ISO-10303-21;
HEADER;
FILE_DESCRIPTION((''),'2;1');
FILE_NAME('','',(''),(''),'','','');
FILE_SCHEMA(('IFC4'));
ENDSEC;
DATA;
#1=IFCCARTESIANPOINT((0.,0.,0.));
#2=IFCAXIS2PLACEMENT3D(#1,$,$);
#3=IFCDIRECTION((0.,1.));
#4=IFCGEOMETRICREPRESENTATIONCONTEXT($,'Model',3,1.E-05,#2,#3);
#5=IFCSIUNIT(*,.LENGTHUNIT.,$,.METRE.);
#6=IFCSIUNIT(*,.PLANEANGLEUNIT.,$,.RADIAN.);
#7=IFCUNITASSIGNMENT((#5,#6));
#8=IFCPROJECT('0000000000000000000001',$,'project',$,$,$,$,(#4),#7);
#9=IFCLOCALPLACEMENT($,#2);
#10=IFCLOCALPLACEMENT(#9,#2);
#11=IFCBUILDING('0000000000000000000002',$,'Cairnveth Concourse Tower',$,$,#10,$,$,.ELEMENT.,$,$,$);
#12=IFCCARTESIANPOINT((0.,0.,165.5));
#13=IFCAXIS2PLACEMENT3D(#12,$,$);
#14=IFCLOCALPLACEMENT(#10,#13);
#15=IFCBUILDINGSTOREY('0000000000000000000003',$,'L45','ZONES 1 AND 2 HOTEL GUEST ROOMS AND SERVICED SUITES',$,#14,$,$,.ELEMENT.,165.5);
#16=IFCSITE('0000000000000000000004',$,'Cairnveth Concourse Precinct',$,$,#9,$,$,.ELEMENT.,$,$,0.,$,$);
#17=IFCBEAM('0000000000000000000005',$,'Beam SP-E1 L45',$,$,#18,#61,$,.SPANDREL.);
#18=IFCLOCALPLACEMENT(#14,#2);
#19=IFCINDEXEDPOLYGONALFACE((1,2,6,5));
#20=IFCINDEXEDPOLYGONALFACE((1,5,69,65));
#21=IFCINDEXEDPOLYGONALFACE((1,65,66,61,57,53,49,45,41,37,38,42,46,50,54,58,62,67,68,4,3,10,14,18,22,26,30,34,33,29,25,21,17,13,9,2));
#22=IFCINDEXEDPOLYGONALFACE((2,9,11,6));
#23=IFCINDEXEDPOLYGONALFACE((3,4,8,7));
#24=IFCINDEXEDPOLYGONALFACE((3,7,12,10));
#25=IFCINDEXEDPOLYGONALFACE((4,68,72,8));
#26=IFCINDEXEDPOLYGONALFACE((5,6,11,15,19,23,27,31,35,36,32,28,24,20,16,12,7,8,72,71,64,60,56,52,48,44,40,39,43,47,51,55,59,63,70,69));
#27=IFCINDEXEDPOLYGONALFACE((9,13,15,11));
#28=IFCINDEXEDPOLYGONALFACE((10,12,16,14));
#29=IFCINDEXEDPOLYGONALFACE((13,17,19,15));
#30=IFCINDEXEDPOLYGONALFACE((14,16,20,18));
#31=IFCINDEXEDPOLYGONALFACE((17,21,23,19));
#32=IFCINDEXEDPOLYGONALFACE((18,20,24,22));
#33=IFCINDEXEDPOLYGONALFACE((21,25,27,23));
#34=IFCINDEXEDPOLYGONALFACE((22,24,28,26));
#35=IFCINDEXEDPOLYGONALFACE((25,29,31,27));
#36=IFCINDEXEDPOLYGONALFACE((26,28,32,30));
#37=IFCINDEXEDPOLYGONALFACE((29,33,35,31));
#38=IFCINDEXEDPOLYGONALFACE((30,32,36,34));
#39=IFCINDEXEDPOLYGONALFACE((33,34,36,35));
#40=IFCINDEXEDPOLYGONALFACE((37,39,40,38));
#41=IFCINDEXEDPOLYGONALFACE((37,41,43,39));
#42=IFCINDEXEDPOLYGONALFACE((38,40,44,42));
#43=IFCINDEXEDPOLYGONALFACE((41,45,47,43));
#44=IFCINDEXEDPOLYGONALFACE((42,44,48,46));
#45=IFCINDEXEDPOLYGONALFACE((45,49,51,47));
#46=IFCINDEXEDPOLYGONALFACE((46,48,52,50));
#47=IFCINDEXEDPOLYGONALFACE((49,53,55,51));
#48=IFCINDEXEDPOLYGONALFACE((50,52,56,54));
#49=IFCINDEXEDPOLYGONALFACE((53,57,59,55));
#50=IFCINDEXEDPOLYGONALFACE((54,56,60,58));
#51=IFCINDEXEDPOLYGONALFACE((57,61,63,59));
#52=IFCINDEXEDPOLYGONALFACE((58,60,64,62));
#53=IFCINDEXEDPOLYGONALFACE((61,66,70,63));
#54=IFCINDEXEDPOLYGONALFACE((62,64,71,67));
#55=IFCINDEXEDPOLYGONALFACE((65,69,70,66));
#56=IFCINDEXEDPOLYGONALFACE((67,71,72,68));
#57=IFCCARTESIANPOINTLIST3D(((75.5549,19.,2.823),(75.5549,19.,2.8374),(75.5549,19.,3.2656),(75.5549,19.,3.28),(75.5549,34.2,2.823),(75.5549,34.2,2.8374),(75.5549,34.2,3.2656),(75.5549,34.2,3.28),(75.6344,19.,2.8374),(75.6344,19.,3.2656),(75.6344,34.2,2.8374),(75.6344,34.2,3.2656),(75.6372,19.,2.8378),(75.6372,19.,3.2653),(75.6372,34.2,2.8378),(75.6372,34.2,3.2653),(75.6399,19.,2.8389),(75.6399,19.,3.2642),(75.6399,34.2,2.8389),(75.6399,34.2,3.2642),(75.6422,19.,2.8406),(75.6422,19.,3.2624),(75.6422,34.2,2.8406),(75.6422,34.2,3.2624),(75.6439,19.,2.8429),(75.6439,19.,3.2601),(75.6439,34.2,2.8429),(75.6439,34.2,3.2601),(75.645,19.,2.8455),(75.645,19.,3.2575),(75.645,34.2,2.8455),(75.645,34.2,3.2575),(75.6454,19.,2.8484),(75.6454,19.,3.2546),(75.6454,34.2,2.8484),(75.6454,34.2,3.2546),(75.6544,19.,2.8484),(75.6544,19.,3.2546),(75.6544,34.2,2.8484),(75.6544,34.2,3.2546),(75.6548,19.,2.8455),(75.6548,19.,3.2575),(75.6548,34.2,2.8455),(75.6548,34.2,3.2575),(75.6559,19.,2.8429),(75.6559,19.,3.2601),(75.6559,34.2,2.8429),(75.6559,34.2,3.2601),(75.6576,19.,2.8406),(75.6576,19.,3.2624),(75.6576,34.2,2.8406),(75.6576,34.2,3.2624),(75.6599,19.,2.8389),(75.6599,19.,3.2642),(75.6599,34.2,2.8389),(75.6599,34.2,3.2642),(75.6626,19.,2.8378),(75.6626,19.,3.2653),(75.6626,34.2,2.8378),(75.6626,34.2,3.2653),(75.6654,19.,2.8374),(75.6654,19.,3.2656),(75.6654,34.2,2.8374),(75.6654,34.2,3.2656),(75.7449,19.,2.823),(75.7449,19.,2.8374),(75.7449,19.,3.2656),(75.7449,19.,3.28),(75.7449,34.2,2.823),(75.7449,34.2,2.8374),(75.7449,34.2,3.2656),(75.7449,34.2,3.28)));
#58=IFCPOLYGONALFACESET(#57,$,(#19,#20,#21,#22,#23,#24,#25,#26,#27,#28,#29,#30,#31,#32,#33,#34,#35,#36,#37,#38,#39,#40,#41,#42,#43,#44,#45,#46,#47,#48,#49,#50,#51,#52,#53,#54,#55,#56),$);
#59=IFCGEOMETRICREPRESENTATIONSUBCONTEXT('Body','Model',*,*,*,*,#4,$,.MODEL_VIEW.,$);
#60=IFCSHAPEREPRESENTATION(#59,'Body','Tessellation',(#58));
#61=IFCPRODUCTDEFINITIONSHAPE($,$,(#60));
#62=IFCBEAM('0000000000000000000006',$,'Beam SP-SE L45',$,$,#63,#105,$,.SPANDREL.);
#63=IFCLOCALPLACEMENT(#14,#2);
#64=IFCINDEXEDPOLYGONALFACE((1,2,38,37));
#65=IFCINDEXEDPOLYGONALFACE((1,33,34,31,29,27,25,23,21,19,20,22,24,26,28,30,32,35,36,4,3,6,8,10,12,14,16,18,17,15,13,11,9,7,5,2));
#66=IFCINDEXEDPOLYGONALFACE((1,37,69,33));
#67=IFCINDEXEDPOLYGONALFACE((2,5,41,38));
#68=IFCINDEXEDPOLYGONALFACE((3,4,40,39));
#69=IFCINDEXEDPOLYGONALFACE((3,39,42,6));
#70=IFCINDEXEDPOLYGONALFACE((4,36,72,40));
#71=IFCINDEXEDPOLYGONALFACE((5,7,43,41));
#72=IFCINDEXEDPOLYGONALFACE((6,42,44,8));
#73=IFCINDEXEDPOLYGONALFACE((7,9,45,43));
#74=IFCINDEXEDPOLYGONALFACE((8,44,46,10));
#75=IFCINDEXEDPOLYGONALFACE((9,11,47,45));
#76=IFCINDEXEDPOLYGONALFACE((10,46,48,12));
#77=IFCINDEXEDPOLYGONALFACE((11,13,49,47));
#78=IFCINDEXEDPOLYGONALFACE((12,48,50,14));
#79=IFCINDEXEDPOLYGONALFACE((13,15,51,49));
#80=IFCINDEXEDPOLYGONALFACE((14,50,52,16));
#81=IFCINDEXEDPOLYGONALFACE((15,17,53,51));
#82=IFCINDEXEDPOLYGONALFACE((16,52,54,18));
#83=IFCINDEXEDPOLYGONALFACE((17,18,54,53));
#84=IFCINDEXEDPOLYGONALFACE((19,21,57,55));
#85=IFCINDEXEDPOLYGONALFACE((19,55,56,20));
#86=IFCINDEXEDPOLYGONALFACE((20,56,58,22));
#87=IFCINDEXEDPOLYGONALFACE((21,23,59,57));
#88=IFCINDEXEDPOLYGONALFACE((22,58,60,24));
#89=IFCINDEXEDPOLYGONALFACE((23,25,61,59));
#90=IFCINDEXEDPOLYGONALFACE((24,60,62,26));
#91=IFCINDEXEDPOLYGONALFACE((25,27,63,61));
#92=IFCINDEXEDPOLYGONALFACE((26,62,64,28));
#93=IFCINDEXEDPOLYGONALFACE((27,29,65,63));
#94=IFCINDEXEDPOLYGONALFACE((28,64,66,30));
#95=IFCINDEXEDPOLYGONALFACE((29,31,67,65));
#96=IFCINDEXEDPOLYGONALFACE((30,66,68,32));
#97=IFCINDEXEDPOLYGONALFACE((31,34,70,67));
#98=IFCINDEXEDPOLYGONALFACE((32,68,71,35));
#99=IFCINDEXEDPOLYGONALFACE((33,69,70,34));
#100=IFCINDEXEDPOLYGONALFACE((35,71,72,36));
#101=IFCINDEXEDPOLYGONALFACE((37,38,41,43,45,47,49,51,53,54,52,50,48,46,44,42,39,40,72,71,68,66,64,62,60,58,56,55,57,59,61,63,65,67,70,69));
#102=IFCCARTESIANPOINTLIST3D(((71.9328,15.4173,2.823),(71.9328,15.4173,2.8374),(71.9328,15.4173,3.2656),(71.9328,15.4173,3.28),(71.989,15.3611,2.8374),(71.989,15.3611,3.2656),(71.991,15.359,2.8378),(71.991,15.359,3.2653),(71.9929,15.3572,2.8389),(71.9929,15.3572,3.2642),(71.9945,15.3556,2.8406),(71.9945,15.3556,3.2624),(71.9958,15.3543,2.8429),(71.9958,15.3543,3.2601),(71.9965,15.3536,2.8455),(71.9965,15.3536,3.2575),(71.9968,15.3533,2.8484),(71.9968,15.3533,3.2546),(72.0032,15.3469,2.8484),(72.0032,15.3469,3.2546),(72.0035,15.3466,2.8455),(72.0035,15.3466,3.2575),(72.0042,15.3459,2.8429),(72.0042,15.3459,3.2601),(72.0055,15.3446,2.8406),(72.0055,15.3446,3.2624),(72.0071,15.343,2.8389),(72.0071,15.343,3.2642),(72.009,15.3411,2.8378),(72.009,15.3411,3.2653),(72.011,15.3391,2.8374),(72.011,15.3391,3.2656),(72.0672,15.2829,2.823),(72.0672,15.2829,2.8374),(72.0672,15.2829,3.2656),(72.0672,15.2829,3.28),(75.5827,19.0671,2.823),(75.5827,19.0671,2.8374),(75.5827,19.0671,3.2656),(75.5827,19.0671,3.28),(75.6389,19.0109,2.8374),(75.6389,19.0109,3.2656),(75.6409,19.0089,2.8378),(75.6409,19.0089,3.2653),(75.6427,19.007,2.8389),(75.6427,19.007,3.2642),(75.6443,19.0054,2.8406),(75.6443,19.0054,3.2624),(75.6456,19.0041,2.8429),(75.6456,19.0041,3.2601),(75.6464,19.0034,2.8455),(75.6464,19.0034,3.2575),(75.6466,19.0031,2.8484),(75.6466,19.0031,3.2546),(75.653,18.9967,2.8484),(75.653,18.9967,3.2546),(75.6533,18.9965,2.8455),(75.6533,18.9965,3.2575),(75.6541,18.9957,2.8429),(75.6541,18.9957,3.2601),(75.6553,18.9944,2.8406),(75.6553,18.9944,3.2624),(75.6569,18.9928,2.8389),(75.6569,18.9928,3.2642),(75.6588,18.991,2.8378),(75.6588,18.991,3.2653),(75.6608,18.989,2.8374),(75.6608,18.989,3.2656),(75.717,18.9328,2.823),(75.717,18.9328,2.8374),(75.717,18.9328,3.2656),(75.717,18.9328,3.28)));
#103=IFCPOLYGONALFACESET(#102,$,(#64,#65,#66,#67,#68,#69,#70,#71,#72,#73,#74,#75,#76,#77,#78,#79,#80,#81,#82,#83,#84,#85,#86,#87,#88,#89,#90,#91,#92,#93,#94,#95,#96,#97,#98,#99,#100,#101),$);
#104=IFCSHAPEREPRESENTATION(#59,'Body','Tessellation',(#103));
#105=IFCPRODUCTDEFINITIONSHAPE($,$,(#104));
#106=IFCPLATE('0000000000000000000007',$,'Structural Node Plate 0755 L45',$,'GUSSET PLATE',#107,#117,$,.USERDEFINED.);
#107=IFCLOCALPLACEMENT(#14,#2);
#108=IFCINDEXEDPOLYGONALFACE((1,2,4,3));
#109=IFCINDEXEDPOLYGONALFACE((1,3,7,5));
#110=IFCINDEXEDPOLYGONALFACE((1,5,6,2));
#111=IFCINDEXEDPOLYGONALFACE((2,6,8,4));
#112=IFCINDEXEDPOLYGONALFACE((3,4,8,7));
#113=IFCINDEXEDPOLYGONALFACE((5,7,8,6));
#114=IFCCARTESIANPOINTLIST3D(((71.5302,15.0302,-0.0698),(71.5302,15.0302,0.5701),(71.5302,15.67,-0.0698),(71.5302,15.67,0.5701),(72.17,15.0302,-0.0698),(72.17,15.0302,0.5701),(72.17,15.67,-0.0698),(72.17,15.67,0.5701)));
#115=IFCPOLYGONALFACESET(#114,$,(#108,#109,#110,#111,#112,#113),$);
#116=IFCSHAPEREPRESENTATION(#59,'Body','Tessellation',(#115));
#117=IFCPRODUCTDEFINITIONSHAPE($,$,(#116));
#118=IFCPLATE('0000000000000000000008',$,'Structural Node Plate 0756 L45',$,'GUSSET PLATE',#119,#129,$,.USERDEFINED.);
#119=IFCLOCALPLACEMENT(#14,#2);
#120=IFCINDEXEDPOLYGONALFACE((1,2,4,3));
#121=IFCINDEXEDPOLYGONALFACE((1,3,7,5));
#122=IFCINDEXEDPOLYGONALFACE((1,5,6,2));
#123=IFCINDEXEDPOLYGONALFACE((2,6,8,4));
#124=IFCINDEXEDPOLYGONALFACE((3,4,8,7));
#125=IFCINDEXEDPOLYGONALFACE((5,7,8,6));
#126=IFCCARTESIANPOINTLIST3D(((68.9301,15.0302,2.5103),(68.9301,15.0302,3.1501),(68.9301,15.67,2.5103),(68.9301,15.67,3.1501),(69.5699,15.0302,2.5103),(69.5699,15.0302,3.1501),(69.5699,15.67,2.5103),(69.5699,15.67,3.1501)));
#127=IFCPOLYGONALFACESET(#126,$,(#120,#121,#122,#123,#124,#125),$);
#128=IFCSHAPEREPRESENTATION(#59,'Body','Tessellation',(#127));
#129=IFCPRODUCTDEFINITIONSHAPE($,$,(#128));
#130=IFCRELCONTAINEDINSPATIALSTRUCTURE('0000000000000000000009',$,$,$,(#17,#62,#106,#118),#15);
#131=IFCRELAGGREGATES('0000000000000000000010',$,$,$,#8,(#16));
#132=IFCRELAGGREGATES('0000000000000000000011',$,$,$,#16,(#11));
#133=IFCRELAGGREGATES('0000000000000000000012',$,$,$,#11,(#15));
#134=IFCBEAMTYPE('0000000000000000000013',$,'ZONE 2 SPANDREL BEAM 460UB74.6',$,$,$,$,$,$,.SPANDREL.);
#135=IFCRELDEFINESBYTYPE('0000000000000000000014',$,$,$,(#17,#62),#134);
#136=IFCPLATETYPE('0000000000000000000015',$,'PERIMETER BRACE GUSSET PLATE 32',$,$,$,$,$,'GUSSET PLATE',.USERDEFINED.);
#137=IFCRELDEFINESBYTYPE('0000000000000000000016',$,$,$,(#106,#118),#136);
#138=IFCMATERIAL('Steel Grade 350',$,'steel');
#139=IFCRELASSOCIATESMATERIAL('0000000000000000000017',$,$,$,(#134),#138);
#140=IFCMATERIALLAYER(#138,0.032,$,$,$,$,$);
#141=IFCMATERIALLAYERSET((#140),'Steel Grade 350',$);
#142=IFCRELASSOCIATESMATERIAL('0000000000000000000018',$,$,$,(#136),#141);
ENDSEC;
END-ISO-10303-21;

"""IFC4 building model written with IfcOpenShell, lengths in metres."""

from ifc_helpers import new_model, si_unit, direction, frame, origin, origin_2d, place, context, subcontext, project, spatial, rectangle, i_section, extrude, material, layer, layer_set, material_profile, profile_set, type_object, element, save


model = new_model("IFC4")

# Units and contexts
model_context = context("Model", 3, precision=1e-05, world=origin(), true_north=direction((0.0, 1.0)))
body_context = subcontext(model_context, "Body", "Model", "MODEL_VIEW")
ifc_project = project(units=[si_unit("LENGTHUNIT", "METRE"), si_unit("PLANEANGLEUNIT", "RADIAN")], contexts=[model_context])

# Site, building, storey
site_placement = place(None, origin())
site = spatial("IfcSite", under=ifc_project, at=site_placement, Name="Cairnveth Concourse Precinct", CompositionType="ELEMENT", RefElevation=0.0)
building_placement = place(site_placement, origin())
building = spatial("IfcBuilding", under=site, at=building_placement, Name="Cairnveth Concourse Tower", CompositionType="ELEMENT")
storey_placement = place(building_placement, frame((0.0, 0.0, 165.5)))
storey = spatial("IfcBuildingStorey", under=building, at=storey_placement, Name="L45", Description="ZONES 1 AND 2 HOTEL GUEST ROOMS AND SERVICED SUITES", CompositionType="ELEMENT", Elevation=165.5)

# Shared definitions
ifc_material_1 = material(Name="Steel Grade 350", Category="steel")

# Beams
ifc_material_profile_1 = material_profile(ifc_material_1, i_section(OverallWidth=0.1899, OverallDepth=0.457, WebThickness=0.009, FlangeThickness=0.0144, FilletRadius=0.011, at=origin_2d()), Name="460UB74.6")
ifc_profile_set_1 = profile_set([ifc_material_profile_1], Name="Steel Grade 350")
beam_type_1 = type_object("IfcBeamType", Name="ZONE 2 SPANDREL BEAM 460UB74.6", PredefinedType="SPANDREL", material=ifc_profile_set_1)
beam_1_placement = place(storey_placement, frame((75.6499, 19.0, 3.0515), z_axis=(0.0, 1.0, 0.0), x_axis=(-1.0, 0.0, 0.0)))
element("IfcBeam", 1, at=beam_1_placement, inside=storey, type_object=beam_type_1, Name="Beam SP-E1 L45", PredefinedType="SPANDREL", context=body_context, shape_type="SweptSolid", body=[
    extrude(i_section(OverallWidth=0.1899, OverallDepth=0.457, WebThickness=0.009, FlangeThickness=0.0144, FilletRadius=0.011, at=origin_2d()), origin(), (0.0, 0.0, 1.0), 15.2),
])
beam_2_placement = place(storey_placement, frame((72.0, 15.3501, 3.0515), z_axis=(0.707107, 0.707107, 0.0), x_axis=(-0.707107, 0.707107, 0.0)))
element("IfcBeam", 2, at=beam_2_placement, inside=storey, type_object=beam_type_1, Name="Beam SP-SE L45", PredefinedType="SPANDREL", context=body_context, shape_type="SweptSolid", body=[
    extrude(i_section(OverallWidth=0.1899, OverallDepth=0.457, WebThickness=0.009, FlangeThickness=0.0144, FilletRadius=0.011, at=origin_2d()), origin(), (0.0, 0.0, 1.0), 5.1616),
])

# Plates
ifc_layer_1 = layer(ifc_material_1, 0.032)
ifc_layer_set_1 = layer_set([ifc_layer_1], Name="Steel Grade 350")
plate_type = type_object("IfcPlateType", Name="PERIMETER BRACE GUSSET PLATE 32", ElementType="GUSSET PLATE", PredefinedType="USERDEFINED", material=ifc_layer_set_1)
for number, where, z_axis, x_axis, name in (
    (3, (71.8501, 15.3501, -0.0698), (0.0, 0.0, 1.0), (1.0, 0.0, 0.0), "Structural Node Plate 0755 L45"),
    (4, (69.25, 15.3501, 2.5103), (0.0, 0.0, 1.0), (1.0, 0.0, 0.0), "Structural Node Plate 0756 L45"),
):
    element("IfcPlate", number, at=place(storey_placement, frame(where, z_axis=z_axis, x_axis=x_axis)), inside=storey, type_object=plate_type, Name=name, ObjectType="GUSSET PLATE", PredefinedType="USERDEFINED", context=body_context, shape_type="SweptSolid", body=[
        extrude(rectangle(XDim=0.6399, YDim=0.6399, at=origin_2d()), origin(), (0.0, 0.0, 1.0), 0.6399),
    ])

save(model, "model.ifc")
